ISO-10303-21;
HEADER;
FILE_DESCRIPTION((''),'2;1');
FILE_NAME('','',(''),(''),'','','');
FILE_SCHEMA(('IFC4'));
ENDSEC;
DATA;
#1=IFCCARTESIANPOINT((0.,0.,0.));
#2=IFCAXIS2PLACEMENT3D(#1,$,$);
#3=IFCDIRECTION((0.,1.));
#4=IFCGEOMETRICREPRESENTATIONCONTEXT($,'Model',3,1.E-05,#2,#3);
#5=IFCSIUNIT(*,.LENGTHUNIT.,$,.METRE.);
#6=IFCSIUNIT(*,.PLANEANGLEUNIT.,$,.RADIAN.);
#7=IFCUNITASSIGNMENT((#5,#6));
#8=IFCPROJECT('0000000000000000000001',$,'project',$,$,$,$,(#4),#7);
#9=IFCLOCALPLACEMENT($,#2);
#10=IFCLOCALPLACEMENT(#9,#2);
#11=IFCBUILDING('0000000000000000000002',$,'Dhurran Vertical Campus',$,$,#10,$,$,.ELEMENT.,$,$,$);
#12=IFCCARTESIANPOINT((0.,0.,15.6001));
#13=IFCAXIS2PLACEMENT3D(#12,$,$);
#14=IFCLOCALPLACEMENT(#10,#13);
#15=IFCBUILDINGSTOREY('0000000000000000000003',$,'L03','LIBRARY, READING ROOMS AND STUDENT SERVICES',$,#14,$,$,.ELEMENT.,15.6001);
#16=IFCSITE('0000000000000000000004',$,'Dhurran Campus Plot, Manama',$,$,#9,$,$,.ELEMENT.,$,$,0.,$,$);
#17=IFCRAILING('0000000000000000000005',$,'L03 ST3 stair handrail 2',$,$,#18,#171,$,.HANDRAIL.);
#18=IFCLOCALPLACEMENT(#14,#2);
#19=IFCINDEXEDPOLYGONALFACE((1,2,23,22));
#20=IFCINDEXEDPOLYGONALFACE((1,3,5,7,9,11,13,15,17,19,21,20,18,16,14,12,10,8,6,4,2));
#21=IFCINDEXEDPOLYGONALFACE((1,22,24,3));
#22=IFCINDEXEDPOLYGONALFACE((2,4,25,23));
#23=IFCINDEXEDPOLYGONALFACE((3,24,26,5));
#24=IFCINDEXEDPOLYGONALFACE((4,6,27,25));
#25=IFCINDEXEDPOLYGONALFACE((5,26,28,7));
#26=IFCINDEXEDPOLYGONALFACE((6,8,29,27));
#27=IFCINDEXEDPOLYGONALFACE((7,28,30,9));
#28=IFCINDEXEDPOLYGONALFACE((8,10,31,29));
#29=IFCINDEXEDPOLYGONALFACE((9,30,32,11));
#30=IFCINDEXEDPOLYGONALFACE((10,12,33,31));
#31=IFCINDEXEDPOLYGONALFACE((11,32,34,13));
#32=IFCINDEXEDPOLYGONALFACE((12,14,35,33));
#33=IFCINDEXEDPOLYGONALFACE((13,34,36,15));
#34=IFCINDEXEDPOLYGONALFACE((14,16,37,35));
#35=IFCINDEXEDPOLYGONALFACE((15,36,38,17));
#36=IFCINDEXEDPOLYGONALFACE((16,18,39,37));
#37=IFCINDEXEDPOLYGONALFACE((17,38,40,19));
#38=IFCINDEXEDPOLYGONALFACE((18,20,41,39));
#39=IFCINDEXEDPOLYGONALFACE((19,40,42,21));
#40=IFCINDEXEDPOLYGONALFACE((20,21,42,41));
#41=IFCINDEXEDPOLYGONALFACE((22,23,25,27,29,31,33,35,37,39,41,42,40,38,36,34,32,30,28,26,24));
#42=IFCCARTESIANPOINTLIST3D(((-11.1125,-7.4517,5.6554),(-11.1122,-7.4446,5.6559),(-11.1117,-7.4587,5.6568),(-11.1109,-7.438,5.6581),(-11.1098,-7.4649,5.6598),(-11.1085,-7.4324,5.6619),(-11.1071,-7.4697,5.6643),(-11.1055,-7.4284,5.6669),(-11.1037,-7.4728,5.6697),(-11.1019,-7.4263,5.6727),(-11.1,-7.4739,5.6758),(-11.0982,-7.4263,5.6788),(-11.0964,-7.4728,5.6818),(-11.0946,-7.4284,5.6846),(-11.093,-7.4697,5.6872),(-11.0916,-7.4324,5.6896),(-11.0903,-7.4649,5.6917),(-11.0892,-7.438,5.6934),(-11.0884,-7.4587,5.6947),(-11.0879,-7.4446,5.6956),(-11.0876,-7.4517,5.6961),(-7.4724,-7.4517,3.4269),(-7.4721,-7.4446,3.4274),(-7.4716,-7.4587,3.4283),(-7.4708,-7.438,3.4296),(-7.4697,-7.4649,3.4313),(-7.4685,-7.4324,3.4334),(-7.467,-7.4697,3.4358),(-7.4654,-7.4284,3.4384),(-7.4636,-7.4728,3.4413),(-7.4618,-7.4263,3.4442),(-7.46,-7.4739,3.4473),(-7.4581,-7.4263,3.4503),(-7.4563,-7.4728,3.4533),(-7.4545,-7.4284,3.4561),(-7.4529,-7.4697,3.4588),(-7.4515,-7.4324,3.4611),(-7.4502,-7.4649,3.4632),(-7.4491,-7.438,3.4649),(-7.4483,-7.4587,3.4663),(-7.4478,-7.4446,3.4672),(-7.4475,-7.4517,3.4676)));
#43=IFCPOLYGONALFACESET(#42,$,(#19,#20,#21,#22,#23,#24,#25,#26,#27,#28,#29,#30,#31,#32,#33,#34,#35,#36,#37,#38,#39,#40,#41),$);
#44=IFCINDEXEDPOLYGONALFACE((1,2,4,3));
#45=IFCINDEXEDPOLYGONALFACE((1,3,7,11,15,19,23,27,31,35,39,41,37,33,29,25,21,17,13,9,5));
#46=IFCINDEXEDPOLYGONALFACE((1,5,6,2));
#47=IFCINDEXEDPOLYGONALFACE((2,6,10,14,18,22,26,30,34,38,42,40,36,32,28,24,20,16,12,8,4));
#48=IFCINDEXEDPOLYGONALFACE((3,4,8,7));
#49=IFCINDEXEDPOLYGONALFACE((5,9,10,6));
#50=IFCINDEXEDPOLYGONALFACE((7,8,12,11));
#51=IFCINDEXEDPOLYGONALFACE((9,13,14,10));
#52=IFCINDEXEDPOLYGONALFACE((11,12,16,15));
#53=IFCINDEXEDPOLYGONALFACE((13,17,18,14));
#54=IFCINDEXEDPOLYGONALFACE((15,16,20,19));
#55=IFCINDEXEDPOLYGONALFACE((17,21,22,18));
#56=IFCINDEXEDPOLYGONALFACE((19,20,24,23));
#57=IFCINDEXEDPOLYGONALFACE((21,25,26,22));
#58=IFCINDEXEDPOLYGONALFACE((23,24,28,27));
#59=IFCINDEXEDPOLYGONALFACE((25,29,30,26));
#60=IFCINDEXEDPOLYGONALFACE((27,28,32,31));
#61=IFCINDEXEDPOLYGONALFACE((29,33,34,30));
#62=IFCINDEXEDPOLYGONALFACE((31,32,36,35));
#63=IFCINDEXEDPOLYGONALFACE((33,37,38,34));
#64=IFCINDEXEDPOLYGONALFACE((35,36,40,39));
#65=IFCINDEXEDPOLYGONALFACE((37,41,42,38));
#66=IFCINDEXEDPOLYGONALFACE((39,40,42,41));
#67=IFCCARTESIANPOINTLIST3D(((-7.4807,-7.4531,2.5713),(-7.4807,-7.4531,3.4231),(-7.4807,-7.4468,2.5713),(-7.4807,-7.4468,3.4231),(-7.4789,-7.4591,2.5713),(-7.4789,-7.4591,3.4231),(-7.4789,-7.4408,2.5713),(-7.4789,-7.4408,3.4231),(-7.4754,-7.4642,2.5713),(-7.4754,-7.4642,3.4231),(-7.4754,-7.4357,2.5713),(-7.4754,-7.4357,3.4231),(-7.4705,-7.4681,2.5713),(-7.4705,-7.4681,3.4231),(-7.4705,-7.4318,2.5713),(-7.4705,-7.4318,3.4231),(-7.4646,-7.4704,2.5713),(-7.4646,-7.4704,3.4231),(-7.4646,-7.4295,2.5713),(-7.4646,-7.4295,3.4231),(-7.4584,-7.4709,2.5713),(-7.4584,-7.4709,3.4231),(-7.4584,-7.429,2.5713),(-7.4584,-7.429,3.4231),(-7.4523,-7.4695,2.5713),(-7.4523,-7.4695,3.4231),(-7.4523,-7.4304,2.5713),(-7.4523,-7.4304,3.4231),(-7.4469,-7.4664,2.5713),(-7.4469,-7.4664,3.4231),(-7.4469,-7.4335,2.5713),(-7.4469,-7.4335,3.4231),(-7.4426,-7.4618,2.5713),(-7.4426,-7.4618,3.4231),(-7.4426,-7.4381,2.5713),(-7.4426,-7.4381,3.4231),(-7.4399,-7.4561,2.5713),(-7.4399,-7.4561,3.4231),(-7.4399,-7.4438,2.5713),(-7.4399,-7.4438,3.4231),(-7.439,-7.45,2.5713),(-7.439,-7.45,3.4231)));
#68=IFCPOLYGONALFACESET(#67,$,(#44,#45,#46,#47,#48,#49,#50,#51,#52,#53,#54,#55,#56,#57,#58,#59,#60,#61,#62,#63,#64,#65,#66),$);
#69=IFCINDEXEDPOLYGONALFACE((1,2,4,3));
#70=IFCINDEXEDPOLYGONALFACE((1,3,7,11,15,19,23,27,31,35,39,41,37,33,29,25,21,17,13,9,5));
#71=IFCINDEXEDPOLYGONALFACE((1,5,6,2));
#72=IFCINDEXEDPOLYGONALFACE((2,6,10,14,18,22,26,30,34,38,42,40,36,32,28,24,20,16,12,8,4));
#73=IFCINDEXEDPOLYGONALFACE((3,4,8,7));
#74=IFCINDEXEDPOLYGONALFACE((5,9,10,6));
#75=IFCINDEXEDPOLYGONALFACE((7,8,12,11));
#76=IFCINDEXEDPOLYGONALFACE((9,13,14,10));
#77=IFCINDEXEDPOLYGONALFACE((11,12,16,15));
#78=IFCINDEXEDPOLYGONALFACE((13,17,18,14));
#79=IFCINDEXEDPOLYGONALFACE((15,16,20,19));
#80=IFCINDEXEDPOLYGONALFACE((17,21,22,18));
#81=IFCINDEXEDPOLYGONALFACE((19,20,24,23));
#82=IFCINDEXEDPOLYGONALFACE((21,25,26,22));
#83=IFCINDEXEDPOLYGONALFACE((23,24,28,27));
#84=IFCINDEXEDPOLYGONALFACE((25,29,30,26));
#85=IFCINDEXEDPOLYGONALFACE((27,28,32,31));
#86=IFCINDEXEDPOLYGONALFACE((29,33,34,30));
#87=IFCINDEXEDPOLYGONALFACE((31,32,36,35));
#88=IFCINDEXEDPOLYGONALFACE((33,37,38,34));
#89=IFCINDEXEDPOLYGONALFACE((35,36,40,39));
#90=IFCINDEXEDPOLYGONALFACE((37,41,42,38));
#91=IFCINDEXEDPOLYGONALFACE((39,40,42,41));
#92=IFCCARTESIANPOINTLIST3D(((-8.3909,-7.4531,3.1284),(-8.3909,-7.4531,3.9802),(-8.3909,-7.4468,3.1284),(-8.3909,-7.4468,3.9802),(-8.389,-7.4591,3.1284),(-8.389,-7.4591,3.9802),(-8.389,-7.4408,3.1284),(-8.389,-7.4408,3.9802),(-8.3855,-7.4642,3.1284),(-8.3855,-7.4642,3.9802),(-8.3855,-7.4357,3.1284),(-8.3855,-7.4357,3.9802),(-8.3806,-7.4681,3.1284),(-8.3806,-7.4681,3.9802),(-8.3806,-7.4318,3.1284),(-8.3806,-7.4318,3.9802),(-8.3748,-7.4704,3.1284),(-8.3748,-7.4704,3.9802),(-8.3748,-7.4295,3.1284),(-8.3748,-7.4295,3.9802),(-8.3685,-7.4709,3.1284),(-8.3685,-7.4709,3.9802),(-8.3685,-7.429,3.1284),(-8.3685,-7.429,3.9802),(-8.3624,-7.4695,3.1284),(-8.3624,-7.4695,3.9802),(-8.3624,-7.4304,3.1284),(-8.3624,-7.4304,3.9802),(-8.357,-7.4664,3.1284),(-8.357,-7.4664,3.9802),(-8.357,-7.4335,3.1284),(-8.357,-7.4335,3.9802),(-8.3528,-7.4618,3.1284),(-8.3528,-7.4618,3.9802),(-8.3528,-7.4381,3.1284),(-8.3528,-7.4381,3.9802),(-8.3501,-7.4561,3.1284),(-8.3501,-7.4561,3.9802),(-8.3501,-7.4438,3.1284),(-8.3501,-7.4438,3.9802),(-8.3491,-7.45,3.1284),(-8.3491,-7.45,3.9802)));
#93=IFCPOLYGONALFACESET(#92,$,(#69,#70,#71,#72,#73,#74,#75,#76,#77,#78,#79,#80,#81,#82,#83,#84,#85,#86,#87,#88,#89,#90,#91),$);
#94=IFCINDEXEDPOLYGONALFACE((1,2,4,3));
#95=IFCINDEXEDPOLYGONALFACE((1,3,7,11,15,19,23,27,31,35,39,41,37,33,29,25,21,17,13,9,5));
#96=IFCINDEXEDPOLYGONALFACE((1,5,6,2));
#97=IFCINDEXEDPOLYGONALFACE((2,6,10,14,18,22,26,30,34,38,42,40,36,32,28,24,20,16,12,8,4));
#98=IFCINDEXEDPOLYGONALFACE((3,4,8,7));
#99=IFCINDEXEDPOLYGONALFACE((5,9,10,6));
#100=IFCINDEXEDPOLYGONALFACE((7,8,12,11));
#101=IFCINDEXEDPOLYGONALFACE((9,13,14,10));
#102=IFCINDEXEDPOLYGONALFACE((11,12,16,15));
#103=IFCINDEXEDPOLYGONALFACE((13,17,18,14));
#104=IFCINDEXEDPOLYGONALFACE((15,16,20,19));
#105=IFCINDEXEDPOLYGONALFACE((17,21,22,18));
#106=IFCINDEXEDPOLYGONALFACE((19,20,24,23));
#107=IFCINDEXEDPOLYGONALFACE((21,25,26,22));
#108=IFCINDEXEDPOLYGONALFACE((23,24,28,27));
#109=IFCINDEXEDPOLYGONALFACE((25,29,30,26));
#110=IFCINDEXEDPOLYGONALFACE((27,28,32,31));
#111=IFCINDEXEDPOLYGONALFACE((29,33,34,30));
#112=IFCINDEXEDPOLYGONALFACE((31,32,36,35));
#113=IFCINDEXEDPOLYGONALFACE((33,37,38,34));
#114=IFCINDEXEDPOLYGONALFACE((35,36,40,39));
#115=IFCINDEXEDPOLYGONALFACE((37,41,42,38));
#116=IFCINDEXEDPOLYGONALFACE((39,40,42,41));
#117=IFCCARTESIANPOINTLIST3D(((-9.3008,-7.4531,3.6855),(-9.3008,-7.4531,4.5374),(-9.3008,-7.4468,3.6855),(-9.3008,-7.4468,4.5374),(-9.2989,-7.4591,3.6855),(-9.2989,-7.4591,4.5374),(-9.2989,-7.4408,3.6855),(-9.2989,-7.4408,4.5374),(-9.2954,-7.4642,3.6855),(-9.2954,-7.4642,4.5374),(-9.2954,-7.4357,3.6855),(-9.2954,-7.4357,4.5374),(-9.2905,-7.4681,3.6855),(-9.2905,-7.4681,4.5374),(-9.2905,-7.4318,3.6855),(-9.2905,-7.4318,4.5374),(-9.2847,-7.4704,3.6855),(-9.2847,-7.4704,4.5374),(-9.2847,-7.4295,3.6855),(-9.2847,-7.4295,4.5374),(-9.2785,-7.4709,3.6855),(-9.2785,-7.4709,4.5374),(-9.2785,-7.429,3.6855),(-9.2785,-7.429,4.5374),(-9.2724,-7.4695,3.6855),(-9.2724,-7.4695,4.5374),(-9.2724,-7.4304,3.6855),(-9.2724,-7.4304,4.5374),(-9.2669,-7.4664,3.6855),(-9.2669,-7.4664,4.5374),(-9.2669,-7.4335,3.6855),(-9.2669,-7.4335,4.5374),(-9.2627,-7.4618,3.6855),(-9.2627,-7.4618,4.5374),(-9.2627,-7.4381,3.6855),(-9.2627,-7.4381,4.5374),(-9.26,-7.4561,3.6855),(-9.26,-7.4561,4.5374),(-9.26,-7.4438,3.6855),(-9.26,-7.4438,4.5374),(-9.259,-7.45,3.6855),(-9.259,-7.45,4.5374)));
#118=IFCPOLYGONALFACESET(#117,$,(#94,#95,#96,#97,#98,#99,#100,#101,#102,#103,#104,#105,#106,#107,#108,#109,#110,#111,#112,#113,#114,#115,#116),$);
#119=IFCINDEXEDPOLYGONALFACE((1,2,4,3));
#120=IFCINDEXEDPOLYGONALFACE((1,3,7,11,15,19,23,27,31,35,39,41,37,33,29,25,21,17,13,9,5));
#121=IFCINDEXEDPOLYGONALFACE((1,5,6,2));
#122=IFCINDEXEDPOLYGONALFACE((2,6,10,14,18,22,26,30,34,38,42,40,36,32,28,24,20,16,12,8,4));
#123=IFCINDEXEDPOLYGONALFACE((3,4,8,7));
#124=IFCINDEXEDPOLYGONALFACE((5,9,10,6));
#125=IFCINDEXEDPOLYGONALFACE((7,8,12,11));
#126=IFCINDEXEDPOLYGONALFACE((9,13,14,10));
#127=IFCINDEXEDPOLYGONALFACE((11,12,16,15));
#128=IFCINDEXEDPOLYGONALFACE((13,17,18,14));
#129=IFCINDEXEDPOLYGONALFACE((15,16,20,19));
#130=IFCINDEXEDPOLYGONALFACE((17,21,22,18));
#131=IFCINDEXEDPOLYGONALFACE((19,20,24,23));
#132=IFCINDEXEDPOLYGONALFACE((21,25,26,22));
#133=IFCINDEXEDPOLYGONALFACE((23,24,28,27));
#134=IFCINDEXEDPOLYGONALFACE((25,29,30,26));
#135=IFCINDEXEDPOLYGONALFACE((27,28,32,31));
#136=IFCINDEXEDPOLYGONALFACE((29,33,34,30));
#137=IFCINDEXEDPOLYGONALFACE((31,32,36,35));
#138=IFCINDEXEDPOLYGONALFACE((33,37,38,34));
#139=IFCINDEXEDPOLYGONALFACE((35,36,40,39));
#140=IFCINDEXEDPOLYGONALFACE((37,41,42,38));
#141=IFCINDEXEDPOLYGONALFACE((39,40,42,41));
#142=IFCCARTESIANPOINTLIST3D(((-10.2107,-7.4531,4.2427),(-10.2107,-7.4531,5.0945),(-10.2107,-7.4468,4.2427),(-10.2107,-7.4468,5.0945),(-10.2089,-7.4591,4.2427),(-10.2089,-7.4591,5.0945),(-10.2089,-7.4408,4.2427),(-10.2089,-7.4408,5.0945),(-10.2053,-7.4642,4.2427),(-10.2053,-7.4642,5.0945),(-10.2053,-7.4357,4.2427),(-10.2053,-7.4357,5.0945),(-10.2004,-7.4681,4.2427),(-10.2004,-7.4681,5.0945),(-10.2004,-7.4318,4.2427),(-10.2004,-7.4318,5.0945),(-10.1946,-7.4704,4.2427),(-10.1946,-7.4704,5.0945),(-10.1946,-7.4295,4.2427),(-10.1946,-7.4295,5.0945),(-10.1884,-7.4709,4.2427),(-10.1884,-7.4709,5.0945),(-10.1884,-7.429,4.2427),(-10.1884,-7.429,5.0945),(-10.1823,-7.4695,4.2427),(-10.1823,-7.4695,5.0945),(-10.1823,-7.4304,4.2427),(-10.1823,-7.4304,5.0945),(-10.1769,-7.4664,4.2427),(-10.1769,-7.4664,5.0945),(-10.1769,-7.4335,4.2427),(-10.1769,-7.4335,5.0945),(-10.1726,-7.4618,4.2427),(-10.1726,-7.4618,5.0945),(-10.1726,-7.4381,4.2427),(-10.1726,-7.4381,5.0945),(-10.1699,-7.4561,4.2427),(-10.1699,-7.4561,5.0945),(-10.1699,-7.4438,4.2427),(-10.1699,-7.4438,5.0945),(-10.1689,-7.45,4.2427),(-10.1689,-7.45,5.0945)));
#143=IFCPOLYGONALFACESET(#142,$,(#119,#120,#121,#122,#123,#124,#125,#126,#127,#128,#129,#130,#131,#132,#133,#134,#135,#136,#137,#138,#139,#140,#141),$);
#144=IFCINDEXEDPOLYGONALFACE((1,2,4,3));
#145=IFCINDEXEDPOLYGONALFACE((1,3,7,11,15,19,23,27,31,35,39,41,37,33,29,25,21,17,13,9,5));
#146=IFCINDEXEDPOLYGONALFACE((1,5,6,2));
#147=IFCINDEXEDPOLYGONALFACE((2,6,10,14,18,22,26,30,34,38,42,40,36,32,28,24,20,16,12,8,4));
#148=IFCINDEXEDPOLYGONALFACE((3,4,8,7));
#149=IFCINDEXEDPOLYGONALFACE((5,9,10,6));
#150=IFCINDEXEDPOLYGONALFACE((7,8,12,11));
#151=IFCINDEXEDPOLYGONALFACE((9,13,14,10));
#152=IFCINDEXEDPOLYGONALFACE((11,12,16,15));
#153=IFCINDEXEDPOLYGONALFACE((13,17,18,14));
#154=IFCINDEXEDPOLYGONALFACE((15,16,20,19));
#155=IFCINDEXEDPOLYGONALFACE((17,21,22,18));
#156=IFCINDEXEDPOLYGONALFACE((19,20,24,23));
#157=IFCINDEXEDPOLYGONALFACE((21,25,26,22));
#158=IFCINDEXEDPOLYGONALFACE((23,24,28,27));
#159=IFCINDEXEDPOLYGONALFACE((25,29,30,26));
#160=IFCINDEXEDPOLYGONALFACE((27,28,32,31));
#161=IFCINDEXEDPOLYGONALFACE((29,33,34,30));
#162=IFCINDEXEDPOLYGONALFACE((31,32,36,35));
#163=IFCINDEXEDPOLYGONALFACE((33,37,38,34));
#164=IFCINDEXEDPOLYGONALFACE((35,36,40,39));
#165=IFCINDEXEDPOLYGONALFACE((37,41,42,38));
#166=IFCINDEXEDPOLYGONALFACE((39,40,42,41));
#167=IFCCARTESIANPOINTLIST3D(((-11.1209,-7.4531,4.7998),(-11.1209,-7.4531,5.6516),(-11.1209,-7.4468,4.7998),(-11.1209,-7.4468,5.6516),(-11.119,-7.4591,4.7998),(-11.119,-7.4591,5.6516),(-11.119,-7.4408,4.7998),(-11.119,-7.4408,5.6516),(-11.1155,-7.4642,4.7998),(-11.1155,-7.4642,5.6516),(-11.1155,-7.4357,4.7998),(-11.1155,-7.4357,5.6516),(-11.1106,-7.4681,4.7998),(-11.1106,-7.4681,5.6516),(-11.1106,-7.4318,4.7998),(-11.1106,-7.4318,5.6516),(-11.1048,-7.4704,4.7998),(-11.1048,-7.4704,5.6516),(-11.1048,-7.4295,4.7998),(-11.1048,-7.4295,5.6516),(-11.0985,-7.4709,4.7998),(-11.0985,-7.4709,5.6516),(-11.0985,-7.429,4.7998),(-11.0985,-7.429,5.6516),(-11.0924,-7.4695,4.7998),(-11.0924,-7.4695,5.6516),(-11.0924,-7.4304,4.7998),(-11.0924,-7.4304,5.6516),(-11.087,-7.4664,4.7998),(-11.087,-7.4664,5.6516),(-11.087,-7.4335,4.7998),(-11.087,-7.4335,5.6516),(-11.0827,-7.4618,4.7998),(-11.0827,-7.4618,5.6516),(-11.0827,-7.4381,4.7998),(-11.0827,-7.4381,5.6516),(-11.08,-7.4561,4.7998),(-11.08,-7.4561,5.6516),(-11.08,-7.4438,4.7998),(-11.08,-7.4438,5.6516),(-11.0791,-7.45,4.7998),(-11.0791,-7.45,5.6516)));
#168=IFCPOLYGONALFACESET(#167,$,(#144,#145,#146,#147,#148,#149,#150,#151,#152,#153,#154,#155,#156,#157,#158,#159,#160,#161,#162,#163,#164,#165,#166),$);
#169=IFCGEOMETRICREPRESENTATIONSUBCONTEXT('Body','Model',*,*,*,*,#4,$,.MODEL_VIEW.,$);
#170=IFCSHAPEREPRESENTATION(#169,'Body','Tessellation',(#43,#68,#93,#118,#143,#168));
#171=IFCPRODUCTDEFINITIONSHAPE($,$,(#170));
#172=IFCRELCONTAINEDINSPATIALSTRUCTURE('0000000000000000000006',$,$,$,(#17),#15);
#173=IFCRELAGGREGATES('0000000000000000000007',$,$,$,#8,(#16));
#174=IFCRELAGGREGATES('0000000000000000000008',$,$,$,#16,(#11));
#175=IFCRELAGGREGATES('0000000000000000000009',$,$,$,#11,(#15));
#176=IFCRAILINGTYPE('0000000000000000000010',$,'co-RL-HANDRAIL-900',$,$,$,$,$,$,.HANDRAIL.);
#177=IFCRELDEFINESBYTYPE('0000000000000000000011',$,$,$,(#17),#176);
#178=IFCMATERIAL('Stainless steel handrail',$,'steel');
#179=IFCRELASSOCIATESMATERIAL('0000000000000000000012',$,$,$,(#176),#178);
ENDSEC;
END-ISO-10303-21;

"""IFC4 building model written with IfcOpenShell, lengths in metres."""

from ifc_helpers import new_model, si_unit, direction, frame, origin, origin_2d, place, context, subcontext, project, spatial, circle, extrude, material, type_object, element, save


model = new_model("IFC4")

# Units and contexts
model_context = context("Model", 3, precision=1e-05, world=origin(), true_north=direction((0.0, 1.0)))
body_context = subcontext(model_context, "Body", "Model", "MODEL_VIEW")
ifc_project = project(units=[si_unit("LENGTHUNIT", "METRE"), si_unit("PLANEANGLEUNIT", "RADIAN")], contexts=[model_context])

# Site, building, storey
site_placement = place(None, origin())
site = spatial("IfcSite", under=ifc_project, at=site_placement, Name="Dhurran Campus Plot, Manama", CompositionType="ELEMENT", RefElevation=0.0)
building_placement = place(site_placement, origin())
building = spatial("IfcBuilding", under=site, at=building_placement, Name="Dhurran Vertical Campus", CompositionType="ELEMENT")
storey_placement = place(building_placement, frame((0.0, 0.0, 15.6001)))
storey = spatial("IfcBuildingStorey", under=building, at=storey_placement, Name="L03", Description="LIBRARY, READING ROOMS AND STUDENT SERVICES", CompositionType="ELEMENT", Elevation=15.6001)

# Railing
ifc_material_1 = material(Name="Stainless steel handrail", Category="steel")
railing_type_1 = type_object("IfcRailingType", Name="co-RL-HANDRAIL-900", PredefinedType="HANDRAIL", material=ifc_material_1)
railing_1_placement = place(storey_placement, frame((-7.46, -7.45, 2.5713)))
element("IfcRailing", 1, at=railing_1_placement, inside=storey, type_object=railing_type_1, Name="L03 ST3 stair handrail 2", PredefinedType="HANDRAIL", context=body_context, shape_type="SweptSolid", body=[
    extrude(circle(Radius=0.0239, at=origin_2d()), frame((0.0, 0.0, 0.876), z_axis=(-0.852866, 0.0, 0.52213), x_axis=(0.0, -1.0, 0.0)), (0.0, 0.0, 1.0), 4.2681),
    extrude(circle(Radius=0.021, at=origin_2d()), origin(), (0.0, 0.0, 1.0), 0.8518),
    extrude(circle(Radius=0.021, at=origin_2d()), frame((-0.9102, 0.0, 0.5571)), (0.0, 0.0, 1.0), 0.8518),
    extrude(circle(Radius=0.021, at=origin_2d()), frame((-1.8201, 0.0, 1.1143)), (0.0, 0.0, 1.0), 0.8518),
    extrude(circle(Radius=0.021, at=origin_2d()), frame((-2.73, 0.0, 1.6714)), (0.0, 0.0, 1.0), 0.8518),
    extrude(circle(Radius=0.021, at=origin_2d()), frame((-3.6401, 0.0, 2.2285)), (0.0, 0.0, 1.0), 0.8518),
])

save(model, "model.ifc")
